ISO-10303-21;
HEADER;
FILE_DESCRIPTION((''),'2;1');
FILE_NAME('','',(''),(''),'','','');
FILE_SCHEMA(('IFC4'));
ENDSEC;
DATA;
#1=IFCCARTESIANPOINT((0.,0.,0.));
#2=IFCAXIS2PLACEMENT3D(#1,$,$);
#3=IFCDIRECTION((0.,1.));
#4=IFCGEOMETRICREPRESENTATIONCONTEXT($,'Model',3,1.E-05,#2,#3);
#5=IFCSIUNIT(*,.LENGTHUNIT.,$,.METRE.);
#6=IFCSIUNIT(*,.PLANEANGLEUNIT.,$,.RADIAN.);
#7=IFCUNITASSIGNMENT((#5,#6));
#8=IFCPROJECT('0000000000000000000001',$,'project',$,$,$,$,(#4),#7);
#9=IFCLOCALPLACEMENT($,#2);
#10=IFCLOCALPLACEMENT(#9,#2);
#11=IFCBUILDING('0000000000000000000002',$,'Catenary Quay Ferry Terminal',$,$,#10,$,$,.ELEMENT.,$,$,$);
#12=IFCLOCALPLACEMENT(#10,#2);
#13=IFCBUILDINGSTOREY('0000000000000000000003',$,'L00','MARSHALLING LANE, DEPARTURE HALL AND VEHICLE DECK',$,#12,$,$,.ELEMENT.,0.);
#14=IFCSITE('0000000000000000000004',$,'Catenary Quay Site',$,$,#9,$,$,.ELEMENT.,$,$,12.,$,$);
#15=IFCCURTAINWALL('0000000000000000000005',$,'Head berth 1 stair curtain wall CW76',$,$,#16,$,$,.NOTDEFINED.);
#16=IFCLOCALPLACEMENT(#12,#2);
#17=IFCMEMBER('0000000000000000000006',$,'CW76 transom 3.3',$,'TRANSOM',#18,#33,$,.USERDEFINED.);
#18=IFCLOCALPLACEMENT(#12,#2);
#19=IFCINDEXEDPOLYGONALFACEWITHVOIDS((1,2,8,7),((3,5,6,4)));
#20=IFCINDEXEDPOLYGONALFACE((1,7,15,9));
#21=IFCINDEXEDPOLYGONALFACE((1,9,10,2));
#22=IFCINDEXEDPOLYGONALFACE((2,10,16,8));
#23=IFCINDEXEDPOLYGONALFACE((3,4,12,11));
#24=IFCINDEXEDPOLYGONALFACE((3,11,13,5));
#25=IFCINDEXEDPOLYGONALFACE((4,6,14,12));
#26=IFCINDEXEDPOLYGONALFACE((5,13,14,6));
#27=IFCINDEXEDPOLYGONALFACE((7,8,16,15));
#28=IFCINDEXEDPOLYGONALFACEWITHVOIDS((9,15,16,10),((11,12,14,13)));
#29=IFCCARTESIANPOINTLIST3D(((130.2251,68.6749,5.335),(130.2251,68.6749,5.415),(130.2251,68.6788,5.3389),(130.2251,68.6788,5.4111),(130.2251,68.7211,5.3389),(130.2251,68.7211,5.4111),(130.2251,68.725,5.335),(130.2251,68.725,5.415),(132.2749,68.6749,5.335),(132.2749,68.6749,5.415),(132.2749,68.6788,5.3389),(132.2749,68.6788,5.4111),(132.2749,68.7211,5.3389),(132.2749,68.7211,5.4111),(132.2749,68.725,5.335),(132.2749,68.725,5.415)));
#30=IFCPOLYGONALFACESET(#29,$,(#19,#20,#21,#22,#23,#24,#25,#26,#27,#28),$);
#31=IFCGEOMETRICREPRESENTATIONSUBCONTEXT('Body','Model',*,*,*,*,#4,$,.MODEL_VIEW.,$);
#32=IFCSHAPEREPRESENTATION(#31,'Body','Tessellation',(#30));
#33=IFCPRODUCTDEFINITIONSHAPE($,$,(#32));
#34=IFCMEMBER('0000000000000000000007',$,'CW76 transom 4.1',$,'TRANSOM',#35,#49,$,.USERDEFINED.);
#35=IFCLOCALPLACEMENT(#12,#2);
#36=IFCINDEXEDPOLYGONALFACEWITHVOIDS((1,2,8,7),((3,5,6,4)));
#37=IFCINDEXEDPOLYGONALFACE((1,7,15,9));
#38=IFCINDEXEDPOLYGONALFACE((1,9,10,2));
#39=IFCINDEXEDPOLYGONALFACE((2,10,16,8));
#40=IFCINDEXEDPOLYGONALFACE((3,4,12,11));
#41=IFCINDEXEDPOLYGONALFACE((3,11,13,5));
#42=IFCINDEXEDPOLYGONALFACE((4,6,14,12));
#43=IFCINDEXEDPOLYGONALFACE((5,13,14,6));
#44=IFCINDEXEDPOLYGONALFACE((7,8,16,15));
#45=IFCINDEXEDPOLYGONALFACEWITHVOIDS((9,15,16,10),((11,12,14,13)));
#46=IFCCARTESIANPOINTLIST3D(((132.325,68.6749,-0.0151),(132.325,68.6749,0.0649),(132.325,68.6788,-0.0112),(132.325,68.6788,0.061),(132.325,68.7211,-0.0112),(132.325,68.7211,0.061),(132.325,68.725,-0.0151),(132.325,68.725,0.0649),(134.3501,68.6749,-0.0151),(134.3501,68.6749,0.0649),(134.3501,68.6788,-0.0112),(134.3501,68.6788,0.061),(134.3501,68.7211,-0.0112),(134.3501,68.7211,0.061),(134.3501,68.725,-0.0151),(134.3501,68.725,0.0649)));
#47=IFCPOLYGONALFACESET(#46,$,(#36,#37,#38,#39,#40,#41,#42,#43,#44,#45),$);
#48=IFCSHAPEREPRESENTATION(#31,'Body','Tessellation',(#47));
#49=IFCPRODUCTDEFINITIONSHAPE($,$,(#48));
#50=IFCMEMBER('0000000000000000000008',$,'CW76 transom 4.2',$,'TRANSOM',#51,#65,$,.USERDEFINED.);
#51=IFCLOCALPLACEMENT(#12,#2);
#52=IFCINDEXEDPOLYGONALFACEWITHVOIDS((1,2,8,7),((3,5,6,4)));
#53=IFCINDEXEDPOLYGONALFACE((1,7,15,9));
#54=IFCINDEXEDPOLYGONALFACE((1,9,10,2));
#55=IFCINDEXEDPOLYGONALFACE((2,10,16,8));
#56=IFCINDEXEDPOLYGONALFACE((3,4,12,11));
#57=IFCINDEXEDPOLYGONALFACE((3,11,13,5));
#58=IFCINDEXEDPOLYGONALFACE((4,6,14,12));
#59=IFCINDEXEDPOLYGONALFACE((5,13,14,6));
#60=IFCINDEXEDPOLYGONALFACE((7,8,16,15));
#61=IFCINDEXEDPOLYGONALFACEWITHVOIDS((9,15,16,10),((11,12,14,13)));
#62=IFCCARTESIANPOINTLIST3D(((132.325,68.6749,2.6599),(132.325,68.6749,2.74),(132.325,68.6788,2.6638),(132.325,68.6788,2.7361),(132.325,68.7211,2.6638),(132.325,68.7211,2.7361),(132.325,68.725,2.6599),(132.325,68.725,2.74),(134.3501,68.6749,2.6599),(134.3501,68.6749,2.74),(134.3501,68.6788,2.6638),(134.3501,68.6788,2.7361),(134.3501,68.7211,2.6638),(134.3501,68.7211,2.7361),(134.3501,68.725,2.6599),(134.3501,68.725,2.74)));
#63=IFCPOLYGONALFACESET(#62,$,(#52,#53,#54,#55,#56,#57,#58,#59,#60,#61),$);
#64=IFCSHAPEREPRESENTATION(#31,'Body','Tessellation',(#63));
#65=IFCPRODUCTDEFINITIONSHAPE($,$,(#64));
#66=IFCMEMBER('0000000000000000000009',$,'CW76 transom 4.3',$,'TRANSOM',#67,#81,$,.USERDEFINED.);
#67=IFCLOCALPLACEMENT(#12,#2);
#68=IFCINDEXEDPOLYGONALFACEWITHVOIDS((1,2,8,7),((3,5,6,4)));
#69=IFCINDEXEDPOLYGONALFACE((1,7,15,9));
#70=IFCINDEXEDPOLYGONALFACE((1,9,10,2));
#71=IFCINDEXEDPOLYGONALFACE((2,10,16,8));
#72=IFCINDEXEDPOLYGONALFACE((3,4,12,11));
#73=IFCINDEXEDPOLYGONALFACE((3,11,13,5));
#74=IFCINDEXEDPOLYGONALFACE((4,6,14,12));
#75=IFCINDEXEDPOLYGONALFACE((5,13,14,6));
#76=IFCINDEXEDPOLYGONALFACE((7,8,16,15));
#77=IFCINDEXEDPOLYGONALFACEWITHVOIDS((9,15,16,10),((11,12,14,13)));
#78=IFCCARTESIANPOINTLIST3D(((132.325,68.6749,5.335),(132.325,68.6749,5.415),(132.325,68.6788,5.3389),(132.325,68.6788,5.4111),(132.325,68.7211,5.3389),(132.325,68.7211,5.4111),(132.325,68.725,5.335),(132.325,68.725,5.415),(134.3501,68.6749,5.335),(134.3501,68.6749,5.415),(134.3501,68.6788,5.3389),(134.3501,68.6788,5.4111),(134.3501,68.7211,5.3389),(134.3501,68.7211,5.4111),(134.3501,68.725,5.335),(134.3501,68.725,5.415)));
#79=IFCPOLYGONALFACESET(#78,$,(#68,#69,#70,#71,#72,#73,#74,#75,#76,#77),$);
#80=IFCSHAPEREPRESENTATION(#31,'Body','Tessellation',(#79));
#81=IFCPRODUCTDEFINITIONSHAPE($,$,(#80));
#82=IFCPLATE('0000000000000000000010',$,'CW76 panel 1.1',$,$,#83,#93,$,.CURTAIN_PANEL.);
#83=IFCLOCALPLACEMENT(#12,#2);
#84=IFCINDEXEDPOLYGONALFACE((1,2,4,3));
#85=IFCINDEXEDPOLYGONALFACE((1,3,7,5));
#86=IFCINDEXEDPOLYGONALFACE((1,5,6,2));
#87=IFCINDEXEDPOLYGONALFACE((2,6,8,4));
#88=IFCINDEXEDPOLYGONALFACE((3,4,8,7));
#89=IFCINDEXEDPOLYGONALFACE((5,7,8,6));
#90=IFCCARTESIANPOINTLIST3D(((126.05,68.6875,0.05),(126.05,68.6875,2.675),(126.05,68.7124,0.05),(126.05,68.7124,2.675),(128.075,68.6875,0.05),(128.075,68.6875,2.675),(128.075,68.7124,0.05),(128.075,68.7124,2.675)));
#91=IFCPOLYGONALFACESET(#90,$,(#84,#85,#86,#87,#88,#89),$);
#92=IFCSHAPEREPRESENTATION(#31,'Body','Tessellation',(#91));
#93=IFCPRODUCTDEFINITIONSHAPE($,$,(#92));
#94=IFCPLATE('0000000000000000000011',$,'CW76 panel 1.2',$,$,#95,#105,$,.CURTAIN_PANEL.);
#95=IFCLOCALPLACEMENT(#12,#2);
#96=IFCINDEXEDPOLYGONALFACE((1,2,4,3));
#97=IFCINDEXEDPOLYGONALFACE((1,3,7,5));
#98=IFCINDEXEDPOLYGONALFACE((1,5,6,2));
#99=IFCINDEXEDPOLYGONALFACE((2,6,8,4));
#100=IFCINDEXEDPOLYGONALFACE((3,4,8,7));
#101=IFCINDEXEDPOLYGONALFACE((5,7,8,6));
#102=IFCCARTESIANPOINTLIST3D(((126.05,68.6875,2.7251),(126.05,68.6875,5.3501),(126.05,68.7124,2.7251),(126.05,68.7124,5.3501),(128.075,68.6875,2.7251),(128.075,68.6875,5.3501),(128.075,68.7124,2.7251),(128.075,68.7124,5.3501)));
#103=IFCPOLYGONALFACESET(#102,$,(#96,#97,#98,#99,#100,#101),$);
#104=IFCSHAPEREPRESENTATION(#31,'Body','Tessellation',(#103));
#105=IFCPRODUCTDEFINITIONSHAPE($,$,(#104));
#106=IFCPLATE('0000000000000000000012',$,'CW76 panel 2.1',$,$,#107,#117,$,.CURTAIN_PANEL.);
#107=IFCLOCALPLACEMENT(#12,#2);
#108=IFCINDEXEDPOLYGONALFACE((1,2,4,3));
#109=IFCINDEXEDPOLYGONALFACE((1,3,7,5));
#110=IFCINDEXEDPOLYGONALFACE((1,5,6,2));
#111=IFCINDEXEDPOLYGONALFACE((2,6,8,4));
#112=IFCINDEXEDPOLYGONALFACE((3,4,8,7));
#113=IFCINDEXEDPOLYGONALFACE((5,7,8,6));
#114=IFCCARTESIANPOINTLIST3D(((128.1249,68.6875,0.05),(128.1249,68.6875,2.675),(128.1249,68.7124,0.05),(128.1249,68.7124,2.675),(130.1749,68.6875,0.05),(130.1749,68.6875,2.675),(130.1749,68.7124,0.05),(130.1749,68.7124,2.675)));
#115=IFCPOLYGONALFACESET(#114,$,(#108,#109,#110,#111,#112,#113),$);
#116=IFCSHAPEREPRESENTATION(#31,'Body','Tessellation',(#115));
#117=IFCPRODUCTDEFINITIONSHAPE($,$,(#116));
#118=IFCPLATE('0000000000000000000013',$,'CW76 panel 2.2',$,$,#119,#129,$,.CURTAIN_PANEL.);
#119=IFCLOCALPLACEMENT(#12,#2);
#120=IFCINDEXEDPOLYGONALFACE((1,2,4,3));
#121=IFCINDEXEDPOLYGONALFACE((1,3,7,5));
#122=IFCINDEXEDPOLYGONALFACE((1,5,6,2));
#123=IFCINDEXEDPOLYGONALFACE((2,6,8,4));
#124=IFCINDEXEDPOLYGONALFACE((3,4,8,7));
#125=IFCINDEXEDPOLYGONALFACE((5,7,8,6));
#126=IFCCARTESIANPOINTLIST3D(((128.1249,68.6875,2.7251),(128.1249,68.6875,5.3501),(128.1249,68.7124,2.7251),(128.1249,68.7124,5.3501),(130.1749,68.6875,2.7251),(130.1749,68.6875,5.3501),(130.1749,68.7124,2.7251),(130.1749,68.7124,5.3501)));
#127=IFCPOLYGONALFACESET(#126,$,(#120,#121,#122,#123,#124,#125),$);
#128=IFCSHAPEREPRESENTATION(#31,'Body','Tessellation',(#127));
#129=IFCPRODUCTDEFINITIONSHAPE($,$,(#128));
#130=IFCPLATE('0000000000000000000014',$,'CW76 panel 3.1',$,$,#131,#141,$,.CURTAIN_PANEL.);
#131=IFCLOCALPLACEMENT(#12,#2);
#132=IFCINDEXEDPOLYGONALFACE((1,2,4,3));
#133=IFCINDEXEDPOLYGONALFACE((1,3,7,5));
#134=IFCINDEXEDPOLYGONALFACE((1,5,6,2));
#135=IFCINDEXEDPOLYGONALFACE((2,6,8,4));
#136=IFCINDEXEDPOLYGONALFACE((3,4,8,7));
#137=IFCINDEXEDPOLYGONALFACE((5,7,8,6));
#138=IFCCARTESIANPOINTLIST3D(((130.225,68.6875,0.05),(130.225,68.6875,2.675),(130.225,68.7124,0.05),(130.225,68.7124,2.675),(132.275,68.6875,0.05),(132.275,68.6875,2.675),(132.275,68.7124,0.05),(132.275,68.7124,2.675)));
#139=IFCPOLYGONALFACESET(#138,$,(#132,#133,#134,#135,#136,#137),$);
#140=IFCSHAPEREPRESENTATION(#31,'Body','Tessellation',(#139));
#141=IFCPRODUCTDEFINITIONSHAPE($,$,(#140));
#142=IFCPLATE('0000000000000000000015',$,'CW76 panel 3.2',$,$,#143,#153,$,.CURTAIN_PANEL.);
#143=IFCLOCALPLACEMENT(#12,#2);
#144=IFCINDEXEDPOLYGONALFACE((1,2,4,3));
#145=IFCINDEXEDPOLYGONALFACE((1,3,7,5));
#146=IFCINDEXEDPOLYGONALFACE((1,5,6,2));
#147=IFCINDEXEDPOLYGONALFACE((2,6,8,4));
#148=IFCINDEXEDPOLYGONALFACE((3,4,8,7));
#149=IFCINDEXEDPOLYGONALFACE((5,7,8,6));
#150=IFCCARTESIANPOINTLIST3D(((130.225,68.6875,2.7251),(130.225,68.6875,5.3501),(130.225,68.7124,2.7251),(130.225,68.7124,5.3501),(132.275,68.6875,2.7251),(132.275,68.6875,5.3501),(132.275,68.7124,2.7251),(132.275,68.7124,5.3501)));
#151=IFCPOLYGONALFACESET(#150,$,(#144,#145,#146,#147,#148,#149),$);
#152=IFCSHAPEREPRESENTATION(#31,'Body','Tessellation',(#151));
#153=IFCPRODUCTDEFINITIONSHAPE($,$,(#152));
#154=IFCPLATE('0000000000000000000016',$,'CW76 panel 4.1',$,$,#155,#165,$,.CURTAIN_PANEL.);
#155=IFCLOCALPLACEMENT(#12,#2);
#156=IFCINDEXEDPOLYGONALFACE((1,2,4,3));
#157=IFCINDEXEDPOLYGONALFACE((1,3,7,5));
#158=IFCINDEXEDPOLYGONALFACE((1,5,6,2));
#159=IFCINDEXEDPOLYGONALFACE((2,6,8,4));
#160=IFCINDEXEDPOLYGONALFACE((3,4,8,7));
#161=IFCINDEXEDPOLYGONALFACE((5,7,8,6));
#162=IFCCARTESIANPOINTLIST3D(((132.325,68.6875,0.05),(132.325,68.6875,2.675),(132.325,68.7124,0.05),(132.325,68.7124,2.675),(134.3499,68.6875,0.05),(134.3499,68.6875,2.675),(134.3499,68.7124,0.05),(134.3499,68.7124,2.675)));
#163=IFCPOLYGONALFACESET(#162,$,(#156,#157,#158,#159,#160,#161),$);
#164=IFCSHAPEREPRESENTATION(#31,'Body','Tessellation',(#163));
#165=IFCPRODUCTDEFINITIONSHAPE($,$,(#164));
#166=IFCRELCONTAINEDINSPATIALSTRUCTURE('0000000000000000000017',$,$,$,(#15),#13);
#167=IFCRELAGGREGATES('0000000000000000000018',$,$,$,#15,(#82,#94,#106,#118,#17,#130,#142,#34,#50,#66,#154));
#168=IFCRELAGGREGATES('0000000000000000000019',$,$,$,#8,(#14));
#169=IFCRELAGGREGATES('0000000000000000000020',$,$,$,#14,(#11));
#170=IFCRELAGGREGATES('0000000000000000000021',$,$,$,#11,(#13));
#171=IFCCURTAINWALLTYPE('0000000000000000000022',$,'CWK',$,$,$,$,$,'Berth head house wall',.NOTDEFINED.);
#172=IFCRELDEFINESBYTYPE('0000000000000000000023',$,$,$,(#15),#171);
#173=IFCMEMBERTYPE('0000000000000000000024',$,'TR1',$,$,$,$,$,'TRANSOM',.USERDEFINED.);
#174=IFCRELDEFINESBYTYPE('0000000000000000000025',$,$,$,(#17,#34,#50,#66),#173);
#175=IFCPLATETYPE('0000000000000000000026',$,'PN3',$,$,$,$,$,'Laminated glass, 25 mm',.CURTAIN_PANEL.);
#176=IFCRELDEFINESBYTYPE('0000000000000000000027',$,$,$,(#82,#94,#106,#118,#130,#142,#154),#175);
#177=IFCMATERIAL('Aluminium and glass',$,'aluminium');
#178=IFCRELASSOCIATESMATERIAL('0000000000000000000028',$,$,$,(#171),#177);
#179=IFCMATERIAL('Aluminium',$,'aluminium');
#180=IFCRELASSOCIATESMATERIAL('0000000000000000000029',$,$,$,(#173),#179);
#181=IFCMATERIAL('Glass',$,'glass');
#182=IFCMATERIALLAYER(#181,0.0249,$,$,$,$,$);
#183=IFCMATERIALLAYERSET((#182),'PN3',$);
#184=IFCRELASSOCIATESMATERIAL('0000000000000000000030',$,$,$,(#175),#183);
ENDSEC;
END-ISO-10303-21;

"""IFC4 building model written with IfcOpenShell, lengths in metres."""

from ifc_helpers import new_model, si_unit, direction, frame, origin, origin_2d, place, context, subcontext, project, spatial, rectangle, hollow_rectangle, extrude, material, layer, layer_set, material_profile, profile_set, type_object, element, aggregate, save


model = new_model("IFC4")

# Units and contexts
model_context = context("Model", 3, precision=1e-05, world=origin(), true_north=direction((0.0, 1.0)))
body_context = subcontext(model_context, "Body", "Model", "MODEL_VIEW")
ifc_project = project(units=[si_unit("LENGTHUNIT", "METRE"), si_unit("PLANEANGLEUNIT", "RADIAN")], contexts=[model_context])

# Site, building, storey
site_placement = place(None, origin())
site = spatial("IfcSite", under=ifc_project, at=site_placement, Name="Catenary Quay Site", CompositionType="ELEMENT", RefElevation=12.0)
building_placement = place(site_placement, origin())
building = spatial("IfcBuilding", under=site, at=building_placement, Name="Catenary Quay Ferry Terminal", CompositionType="ELEMENT")
storey_placement = place(building_placement, origin())
storey = spatial("IfcBuildingStorey", under=building, at=storey_placement, Name="L00", Description="MARSHALLING LANE, DEPARTURE HALL AND VEHICLE DECK", CompositionType="ELEMENT", Elevation=0.0)

# Curtain wall, members, plates
ifc_material_1 = material(Name="Aluminium and glass", Category="aluminium")
curtain_wall_type = type_object("IfcCurtainWallType", Name="CWK", ElementType="Berth head house wall", PredefinedType="NOTDEFINED", material=ifc_material_1)
curtain_wall_placement = place(storey_placement, origin())
curtain_wall = element("IfcCurtainWall", 1, at=curtain_wall_placement, inside=storey, type_object=curtain_wall_type, Name="Head berth 1 stair curtain wall CW76", PredefinedType="NOTDEFINED")
ifc_material_2 = material(Name="Aluminium", Category="aluminium")
ifc_material_profile_1 = material_profile(ifc_material_2, hollow_rectangle(XDim=0.05, YDim=0.0801, WallThickness=0.0039, at=origin_2d()), Name="TR1")
ifc_profile_set_1 = profile_set([ifc_material_profile_1], Name="Aluminium")
member_type_1 = type_object("IfcMemberType", Name="TR1", ElementType="TRANSOM", PredefinedType="USERDEFINED", material=ifc_profile_set_1)
member_1_placement = place(storey_placement, frame((130.2251, 68.7, 5.375), z_axis=(1.0, 0.0, 0.0), x_axis=(0.0, 1.0, 0.0)))
member_1 = element("IfcMember", 2, at=member_1_placement, type_object=member_type_1, Name="CW76 transom 3.3", ObjectType="TRANSOM", PredefinedType="USERDEFINED", context=body_context, shape_type="SweptSolid", body=[
    extrude(hollow_rectangle(XDim=0.05, YDim=0.0801, WallThickness=0.0039, at=origin_2d()), origin(), (0.0, 0.0, 1.0), 2.0498),
])
member_2_placement = place(storey_placement, frame((132.325, 68.7, 0.0249), z_axis=(1.0, 0.0, 0.0), x_axis=(0.0, 1.0, 0.0)))
member_2 = element("IfcMember", 3, at=member_2_placement, type_object=member_type_1, Name="CW76 transom 4.1", ObjectType="TRANSOM", PredefinedType="USERDEFINED", context=body_context, shape_type="SweptSolid", body=[
    extrude(hollow_rectangle(XDim=0.05, YDim=0.0801, WallThickness=0.0039, at=origin_2d()), origin(), (0.0, 0.0, 1.0), 2.0251),
])
member_3_placement = place(storey_placement, frame((132.325, 68.7, 2.7), z_axis=(1.0, 0.0, 0.0), x_axis=(0.0, 1.0, 0.0)))
member_3 = element("IfcMember", 4, at=member_3_placement, type_object=member_type_1, Name="CW76 transom 4.2", ObjectType="TRANSOM", PredefinedType="USERDEFINED", context=body_context, shape_type="SweptSolid", body=[
    extrude(hollow_rectangle(XDim=0.05, YDim=0.0801, WallThickness=0.0039, at=origin_2d()), origin(), (0.0, 0.0, 1.0), 2.0251),
])
member_4_placement = place(storey_placement, frame((132.325, 68.7, 5.375), z_axis=(1.0, 0.0, 0.0), x_axis=(0.0, 1.0, 0.0)))
member_4 = element("IfcMember", 5, at=member_4_placement, type_object=member_type_1, Name="CW76 transom 4.3", ObjectType="TRANSOM", PredefinedType="USERDEFINED", context=body_context, shape_type="SweptSolid", body=[
    extrude(hollow_rectangle(XDim=0.05, YDim=0.0801, WallThickness=0.0039, at=origin_2d()), origin(), (0.0, 0.0, 1.0), 2.0251),
])
ifc_material_3 = material(Name="Glass", Category="glass")
ifc_layer_1 = layer(ifc_material_3, 0.0249)
ifc_layer_set_1 = layer_set([ifc_layer_1], Name="PN3")
plate_type = type_object("IfcPlateType", Name="PN3", ElementType="Laminated glass, 25 mm", PredefinedType="CURTAIN_PANEL", material=ifc_layer_set_1)
plate_1_placement = place(storey_placement, frame((127.0625, 68.7, 0.05), z_axis=(0.0, 0.0, 1.0), x_axis=(1.0, 0.0, 0.0)))
plate_1 = element("IfcPlate", 6, at=plate_1_placement, type_object=plate_type, Name="CW76 panel 1.1", PredefinedType="CURTAIN_PANEL", context=body_context, shape_type="SweptSolid", body=[
    extrude(rectangle(XDim=2.0249, YDim=0.0249, at=origin_2d()), origin(), (0.0, 0.0, 1.0), 2.625),
])
plate_2_placement = place(storey_placement, frame((127.0625, 68.7, 2.7251), z_axis=(0.0, 0.0, 1.0), x_axis=(1.0, 0.0, 0.0)))
plate_2 = element("IfcPlate", 7, at=plate_2_placement, type_object=plate_type, Name="CW76 panel 1.2", PredefinedType="CURTAIN_PANEL", context=body_context, shape_type="SweptSolid", body=[
    extrude(rectangle(XDim=2.0249, YDim=0.0249, at=origin_2d()), origin(), (0.0, 0.0, 1.0), 2.625),
])
plate_3_placement = place(storey_placement, frame((129.1499, 68.7, 0.05), z_axis=(0.0, 0.0, 1.0), x_axis=(1.0, 0.0, 0.0)))
plate_3 = element("IfcPlate", 8, at=plate_3_placement, type_object=plate_type, Name="CW76 panel 2.1", PredefinedType="CURTAIN_PANEL", context=body_context, shape_type="SweptSolid", body=[
    extrude(rectangle(XDim=2.05, YDim=0.0249, at=origin_2d()), origin(), (0.0, 0.0, 1.0), 2.625),
])
plate_4_placement = place(storey_placement, frame((129.1499, 68.7, 2.7251), z_axis=(0.0, 0.0, 1.0), x_axis=(1.0, 0.0, 0.0)))
plate_4 = element("IfcPlate", 9, at=plate_4_placement, type_object=plate_type, Name="CW76 panel 2.2", PredefinedType="CURTAIN_PANEL", context=body_context, shape_type="SweptSolid", body=[
    extrude(rectangle(XDim=2.05, YDim=0.0249, at=origin_2d()), origin(), (0.0, 0.0, 1.0), 2.625),
])
plate_5_placement = place(storey_placement, frame((131.25, 68.7, 0.05), z_axis=(0.0, 0.0, 1.0), x_axis=(1.0, 0.0, 0.0)))
plate_5 = element("IfcPlate", 10, at=plate_5_placement, type_object=plate_type, Name="CW76 panel 3.1", PredefinedType="CURTAIN_PANEL", context=body_context, shape_type="SweptSolid", body=[
    extrude(rectangle(XDim=2.05, YDim=0.0249, at=origin_2d()), origin(), (0.0, 0.0, 1.0), 2.625),
])
plate_6_placement = place(storey_placement, frame((131.25, 68.7, 2.7251), z_axis=(0.0, 0.0, 1.0), x_axis=(1.0, 0.0, 0.0)))
plate_6 = element("IfcPlate", 11, at=plate_6_placement, type_object=plate_type, Name="CW76 panel 3.2", PredefinedType="CURTAIN_PANEL", context=body_context, shape_type="SweptSolid", body=[
    extrude(rectangle(XDim=2.05, YDim=0.0249, at=origin_2d()), origin(), (0.0, 0.0, 1.0), 2.625),
])
plate_7_placement = place(storey_placement, frame((133.3374, 68.7, 0.05), z_axis=(0.0, 0.0, 1.0), x_axis=(1.0, 0.0, 0.0)))
plate_7 = element("IfcPlate", 12, at=plate_7_placement, type_object=plate_type, Name="CW76 panel 4.1", PredefinedType="CURTAIN_PANEL", context=body_context, shape_type="SweptSolid", body=[
    extrude(rectangle(XDim=2.0249, YDim=0.0249, at=origin_2d()), origin(), (0.0, 0.0, 1.0), 2.625),
])
aggregate(curtain_wall, [plate_1, plate_2, plate_3, plate_4, member_1, plate_5, plate_6, member_2, member_3, member_4, plate_7])

save(model, "model.ifc")
